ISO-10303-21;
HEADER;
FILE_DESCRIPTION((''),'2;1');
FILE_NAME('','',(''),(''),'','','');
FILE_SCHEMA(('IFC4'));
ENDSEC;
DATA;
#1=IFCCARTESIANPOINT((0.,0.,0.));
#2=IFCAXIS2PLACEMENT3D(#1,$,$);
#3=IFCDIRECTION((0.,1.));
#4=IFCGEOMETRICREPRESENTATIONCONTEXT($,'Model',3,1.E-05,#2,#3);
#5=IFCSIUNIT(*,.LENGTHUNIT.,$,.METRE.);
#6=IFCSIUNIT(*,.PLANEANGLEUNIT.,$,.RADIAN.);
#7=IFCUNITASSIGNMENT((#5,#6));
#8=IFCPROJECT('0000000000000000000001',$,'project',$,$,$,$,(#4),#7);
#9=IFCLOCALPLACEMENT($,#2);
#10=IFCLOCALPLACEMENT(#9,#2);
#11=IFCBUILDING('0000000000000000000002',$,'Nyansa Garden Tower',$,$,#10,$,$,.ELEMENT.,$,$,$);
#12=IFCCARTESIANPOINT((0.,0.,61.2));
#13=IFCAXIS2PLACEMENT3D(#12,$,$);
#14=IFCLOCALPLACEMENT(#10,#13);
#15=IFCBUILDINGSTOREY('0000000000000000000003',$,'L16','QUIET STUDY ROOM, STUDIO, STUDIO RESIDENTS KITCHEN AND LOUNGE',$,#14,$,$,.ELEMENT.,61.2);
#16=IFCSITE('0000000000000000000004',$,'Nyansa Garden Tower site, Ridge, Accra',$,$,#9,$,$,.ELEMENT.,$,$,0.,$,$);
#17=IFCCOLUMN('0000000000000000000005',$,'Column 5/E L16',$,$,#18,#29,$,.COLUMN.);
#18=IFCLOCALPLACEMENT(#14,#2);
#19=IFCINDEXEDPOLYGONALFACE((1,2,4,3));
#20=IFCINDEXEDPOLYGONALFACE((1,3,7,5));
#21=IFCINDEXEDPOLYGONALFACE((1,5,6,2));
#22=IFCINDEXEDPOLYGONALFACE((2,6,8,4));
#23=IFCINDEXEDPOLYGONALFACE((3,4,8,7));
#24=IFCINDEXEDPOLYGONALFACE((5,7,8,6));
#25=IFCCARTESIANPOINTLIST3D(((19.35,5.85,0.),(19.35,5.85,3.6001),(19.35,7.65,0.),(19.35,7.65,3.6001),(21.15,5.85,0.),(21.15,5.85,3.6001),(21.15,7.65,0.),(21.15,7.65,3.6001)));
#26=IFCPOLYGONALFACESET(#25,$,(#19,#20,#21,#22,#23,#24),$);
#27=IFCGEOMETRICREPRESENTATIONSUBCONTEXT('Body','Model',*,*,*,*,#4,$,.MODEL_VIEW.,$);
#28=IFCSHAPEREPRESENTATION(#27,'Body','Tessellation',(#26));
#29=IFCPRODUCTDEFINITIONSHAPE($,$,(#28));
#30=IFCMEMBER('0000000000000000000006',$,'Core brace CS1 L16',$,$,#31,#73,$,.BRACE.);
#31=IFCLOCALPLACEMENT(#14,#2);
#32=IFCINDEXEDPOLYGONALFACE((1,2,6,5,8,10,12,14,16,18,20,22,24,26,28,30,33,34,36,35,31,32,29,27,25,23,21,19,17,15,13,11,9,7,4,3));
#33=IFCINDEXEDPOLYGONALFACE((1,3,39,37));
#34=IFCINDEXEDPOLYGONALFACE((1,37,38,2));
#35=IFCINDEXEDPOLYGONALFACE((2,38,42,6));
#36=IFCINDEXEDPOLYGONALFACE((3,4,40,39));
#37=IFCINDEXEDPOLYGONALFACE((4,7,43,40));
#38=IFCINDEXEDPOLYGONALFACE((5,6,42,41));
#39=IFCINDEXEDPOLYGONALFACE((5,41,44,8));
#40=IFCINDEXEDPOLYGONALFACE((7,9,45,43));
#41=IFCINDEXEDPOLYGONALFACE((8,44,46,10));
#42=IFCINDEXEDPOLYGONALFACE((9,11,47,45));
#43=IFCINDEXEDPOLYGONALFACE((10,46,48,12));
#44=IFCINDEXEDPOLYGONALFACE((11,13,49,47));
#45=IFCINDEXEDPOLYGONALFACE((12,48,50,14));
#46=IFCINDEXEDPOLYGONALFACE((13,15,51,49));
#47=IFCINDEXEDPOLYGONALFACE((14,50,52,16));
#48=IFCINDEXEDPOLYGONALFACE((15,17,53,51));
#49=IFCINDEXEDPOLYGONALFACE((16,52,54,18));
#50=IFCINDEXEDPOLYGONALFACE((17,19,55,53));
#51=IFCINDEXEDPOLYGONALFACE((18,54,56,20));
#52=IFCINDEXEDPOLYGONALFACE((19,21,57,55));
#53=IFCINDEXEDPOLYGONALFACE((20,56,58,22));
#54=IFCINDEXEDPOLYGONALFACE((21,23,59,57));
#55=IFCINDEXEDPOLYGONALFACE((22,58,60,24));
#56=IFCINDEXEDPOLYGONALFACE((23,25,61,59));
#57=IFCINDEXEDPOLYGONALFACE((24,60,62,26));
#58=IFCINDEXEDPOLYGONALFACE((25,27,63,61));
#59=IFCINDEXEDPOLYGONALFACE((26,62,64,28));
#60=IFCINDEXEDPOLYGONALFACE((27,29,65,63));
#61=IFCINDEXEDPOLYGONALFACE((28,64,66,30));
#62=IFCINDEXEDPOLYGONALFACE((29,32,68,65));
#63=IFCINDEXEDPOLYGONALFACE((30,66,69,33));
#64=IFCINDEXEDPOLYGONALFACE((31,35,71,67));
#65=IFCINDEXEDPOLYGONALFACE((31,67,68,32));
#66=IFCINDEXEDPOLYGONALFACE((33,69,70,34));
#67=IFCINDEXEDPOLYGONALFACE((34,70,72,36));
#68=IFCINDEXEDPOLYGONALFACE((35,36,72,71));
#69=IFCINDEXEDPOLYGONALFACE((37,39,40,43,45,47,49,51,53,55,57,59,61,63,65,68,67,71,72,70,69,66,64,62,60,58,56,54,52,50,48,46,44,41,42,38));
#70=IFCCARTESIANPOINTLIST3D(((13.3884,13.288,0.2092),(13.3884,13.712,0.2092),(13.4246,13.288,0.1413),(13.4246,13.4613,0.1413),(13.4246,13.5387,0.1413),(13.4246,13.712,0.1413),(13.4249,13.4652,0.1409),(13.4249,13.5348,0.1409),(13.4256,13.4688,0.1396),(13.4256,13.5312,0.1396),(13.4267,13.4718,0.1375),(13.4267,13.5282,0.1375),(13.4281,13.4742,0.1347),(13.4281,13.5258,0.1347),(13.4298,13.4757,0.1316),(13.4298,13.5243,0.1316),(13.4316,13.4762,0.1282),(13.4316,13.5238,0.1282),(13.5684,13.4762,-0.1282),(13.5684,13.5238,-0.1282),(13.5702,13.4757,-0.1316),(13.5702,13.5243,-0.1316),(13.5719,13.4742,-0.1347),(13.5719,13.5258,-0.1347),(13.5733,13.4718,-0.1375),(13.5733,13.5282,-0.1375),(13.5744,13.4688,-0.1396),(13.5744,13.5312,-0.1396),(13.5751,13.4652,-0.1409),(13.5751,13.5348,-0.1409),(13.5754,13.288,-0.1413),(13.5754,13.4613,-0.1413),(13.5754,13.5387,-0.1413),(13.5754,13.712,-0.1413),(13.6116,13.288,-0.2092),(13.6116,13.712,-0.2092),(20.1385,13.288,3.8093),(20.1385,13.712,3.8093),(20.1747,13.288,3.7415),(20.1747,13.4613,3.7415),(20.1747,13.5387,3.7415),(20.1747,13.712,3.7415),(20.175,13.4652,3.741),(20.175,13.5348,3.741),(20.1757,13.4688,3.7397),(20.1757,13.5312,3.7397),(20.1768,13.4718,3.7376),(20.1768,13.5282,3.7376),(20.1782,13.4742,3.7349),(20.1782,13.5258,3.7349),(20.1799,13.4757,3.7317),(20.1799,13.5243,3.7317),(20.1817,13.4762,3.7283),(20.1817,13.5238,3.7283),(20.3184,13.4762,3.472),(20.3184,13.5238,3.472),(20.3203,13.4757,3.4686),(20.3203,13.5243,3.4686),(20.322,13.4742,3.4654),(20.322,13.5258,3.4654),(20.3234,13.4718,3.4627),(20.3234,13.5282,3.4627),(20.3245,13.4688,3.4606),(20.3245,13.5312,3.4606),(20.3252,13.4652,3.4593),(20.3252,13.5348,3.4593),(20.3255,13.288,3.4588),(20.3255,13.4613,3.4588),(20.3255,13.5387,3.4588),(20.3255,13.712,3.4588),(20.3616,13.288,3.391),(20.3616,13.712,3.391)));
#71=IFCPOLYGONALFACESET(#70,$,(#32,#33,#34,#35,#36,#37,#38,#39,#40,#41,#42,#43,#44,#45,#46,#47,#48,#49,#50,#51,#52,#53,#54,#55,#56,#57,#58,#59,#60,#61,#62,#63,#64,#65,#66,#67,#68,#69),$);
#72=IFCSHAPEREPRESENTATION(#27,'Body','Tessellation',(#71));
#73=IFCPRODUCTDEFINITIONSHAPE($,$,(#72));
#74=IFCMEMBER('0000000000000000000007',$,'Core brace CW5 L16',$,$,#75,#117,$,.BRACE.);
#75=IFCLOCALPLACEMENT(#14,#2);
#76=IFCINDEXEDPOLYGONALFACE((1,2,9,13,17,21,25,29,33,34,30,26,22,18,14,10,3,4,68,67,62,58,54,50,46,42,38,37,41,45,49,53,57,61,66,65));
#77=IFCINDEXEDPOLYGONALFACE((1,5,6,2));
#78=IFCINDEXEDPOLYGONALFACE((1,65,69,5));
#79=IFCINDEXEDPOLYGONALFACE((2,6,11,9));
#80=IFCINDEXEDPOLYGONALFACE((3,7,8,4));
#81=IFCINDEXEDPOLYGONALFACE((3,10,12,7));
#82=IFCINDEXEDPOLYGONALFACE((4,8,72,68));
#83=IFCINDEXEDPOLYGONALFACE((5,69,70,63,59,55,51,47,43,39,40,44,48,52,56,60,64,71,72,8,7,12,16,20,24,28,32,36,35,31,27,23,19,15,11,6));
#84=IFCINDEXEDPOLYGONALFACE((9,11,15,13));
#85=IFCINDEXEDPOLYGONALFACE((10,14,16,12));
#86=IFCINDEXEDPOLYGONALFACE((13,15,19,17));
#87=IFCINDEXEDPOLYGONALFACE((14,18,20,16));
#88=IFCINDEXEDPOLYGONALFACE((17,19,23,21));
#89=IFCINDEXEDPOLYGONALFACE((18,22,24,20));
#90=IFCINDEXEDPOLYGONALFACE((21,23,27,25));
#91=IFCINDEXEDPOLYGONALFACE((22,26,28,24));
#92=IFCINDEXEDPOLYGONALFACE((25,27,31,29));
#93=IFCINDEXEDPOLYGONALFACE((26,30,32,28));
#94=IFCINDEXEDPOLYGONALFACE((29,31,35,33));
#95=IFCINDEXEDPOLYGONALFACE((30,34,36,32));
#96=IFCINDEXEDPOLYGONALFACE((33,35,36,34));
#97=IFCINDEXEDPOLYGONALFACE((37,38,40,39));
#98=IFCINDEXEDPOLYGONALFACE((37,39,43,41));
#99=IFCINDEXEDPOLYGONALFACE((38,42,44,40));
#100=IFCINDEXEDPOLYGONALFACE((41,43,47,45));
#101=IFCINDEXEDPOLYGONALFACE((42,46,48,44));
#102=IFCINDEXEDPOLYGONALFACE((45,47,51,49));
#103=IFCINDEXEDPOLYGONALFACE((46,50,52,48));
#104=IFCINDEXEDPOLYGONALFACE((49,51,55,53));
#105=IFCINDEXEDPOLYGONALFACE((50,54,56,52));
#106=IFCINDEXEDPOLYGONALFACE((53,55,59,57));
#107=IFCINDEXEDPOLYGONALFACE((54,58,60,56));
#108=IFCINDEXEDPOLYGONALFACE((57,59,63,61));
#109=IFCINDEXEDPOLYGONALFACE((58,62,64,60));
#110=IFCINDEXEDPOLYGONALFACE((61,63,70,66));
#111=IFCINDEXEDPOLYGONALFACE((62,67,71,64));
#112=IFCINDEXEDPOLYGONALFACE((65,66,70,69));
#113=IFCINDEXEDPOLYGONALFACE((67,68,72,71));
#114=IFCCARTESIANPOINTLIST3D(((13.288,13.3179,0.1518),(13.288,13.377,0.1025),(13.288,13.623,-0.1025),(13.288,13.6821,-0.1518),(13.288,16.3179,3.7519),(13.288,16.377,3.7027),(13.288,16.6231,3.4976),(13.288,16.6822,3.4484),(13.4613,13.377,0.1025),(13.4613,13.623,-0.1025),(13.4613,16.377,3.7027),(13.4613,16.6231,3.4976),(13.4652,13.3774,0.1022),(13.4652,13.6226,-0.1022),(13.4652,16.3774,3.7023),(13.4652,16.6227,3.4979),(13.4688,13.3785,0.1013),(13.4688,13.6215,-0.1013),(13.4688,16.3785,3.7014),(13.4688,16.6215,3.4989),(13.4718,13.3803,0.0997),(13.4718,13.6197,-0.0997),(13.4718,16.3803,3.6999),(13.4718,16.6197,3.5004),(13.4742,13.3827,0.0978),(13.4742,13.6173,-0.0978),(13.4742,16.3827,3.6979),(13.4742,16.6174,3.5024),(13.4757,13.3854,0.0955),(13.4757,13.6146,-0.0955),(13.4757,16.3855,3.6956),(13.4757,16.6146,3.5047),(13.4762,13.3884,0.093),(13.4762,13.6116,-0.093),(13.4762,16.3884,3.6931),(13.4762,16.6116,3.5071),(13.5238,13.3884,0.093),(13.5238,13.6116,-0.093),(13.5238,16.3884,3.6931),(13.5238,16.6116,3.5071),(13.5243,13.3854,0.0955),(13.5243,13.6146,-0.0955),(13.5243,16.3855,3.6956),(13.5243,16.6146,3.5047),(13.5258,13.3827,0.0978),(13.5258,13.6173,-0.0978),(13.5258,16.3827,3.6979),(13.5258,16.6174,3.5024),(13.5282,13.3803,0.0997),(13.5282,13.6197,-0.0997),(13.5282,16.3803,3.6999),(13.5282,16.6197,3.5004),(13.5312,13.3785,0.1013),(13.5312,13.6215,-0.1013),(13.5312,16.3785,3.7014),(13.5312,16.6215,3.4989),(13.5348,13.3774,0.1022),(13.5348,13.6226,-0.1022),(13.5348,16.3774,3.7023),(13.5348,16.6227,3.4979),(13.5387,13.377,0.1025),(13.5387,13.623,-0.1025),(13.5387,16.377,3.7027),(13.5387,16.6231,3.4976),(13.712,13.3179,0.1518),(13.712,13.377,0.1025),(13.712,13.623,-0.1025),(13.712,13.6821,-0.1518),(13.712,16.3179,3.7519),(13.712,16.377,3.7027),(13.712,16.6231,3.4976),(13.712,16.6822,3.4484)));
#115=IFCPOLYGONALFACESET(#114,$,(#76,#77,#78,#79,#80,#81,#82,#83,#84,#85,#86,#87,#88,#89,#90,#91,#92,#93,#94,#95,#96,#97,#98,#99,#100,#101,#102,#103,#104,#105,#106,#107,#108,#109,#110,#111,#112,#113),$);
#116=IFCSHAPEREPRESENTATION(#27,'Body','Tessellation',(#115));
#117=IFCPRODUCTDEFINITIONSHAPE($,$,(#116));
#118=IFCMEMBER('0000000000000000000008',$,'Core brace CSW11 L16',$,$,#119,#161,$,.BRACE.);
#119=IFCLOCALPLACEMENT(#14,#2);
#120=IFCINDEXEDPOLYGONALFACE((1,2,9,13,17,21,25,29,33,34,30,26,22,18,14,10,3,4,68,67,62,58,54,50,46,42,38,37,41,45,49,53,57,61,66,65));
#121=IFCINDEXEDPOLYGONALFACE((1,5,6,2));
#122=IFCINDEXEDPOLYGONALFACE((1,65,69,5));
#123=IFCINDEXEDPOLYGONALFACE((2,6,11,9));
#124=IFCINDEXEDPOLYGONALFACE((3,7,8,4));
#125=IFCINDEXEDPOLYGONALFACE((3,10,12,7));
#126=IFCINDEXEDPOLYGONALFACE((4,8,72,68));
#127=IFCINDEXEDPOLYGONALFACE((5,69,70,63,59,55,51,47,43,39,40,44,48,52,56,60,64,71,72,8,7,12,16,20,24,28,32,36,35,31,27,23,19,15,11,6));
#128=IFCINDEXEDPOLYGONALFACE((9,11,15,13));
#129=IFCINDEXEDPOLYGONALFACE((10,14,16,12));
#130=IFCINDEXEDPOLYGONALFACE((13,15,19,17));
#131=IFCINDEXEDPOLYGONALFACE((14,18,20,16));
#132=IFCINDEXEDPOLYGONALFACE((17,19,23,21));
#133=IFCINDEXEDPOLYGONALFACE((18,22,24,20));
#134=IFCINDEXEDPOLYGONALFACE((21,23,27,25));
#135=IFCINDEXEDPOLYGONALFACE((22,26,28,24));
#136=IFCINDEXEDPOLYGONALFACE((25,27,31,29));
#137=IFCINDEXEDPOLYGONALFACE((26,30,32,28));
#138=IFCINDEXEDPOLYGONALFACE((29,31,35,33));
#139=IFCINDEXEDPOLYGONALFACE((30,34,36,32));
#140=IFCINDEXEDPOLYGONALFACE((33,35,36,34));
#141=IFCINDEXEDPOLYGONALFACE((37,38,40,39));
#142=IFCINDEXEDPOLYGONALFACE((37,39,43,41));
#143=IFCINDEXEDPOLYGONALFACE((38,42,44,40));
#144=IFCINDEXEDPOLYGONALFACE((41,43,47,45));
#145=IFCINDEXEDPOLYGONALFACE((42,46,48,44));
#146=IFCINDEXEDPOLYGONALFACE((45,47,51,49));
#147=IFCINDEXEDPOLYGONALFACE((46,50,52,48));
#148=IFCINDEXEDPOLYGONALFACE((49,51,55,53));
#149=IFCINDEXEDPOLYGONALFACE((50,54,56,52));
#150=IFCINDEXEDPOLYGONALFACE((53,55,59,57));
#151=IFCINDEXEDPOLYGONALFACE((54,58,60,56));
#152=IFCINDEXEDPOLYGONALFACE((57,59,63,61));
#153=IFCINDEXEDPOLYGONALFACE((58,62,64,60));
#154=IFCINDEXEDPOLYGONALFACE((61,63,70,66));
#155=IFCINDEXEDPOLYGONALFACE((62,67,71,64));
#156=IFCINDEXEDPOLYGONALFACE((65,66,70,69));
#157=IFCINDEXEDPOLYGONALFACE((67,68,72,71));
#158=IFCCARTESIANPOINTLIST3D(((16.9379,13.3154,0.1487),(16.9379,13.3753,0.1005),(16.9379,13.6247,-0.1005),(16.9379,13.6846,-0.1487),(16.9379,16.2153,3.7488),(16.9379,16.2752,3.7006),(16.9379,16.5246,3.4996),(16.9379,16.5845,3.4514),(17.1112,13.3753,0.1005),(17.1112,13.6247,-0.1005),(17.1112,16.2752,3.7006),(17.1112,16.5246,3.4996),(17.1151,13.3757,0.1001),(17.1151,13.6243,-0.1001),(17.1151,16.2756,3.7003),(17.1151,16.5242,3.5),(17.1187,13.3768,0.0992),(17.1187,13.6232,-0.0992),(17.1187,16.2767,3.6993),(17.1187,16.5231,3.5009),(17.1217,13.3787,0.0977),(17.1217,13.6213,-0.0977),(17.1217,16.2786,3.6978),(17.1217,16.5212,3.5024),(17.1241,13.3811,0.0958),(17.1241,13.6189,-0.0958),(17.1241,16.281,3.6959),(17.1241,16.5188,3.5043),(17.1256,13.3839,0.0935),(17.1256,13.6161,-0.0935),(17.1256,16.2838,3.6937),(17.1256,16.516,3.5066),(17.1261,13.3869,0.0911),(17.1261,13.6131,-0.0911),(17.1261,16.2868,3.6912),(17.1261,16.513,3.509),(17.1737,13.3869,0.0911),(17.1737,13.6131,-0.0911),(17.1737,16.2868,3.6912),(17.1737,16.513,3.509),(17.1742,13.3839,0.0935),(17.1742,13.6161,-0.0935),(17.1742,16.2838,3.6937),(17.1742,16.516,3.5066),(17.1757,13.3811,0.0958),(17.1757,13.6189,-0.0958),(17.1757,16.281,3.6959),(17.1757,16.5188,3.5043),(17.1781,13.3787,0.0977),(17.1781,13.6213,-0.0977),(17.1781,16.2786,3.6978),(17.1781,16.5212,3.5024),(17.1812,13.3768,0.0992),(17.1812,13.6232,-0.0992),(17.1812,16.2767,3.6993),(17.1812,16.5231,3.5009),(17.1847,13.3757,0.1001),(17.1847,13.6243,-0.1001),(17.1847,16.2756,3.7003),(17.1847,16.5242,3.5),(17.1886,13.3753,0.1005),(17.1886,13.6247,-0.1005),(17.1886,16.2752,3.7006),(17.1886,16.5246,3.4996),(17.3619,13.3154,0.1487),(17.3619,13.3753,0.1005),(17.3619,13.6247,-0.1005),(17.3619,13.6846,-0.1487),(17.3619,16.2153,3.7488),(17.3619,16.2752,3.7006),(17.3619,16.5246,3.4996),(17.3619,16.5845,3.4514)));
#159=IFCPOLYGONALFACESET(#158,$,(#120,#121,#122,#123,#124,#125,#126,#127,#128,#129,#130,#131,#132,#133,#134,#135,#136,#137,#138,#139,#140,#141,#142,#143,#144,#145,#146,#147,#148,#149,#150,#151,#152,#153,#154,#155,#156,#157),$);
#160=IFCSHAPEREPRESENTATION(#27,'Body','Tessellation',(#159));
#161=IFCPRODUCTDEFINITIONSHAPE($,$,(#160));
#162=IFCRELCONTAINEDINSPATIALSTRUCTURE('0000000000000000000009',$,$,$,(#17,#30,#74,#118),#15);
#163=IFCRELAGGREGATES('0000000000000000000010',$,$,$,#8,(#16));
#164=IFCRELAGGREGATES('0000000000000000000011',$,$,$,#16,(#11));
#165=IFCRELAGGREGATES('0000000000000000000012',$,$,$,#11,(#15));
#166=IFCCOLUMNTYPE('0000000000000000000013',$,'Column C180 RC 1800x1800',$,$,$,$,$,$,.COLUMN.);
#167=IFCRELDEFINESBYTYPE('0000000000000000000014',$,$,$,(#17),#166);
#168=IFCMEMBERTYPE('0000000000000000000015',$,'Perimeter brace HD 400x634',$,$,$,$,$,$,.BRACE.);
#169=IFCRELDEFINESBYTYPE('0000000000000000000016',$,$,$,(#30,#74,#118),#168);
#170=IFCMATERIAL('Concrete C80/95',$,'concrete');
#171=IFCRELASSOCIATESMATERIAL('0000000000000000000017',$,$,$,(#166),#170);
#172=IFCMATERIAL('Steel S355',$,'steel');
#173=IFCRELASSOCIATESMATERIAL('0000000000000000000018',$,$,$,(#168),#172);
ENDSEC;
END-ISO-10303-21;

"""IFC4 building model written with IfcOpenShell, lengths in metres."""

from ifc_helpers import new_model, si_unit, direction, frame, origin, origin_2d, place, context, subcontext, project, spatial, rectangle, i_section, extrude, material, material_profile, profile_set, type_object, element, save


model = new_model("IFC4")

# Units and contexts
model_context = context("Model", 3, precision=1e-05, world=origin(), true_north=direction((0.0, 1.0)))
body_context = subcontext(model_context, "Body", "Model", "MODEL_VIEW")
ifc_project = project(units=[si_unit("LENGTHUNIT", "METRE"), si_unit("PLANEANGLEUNIT", "RADIAN")], contexts=[model_context])

# Site, building, storey
site_placement = place(None, origin())
site = spatial("IfcSite", under=ifc_project, at=site_placement, Name="Nyansa Garden Tower site, Ridge, Accra", CompositionType="ELEMENT", RefElevation=0.0)
building_placement = place(site_placement, origin())
building = spatial("IfcBuilding", under=site, at=building_placement, Name="Nyansa Garden Tower", CompositionType="ELEMENT")
storey_placement = place(building_placement, frame((0.0, 0.0, 61.2)))
storey = spatial("IfcBuildingStorey", under=building, at=storey_placement, Name="L16", Description="QUIET STUDY ROOM, STUDIO, STUDIO RESIDENTS KITCHEN AND LOUNGE", CompositionType="ELEMENT", Elevation=61.2)

# Column
ifc_material_1 = material(Name="Concrete C80/95", Category="concrete")
ifc_material_profile_1 = material_profile(ifc_material_1, rectangle(XDim=1.8, YDim=1.8, at=origin_2d()), Name="RC 1800x1800")
ifc_profile_set_1 = profile_set([ifc_material_profile_1], Name="Concrete C80/95")
column_type = type_object("IfcColumnType", Name="Column C180 RC 1800x1800", PredefinedType="COLUMN", material=ifc_profile_set_1)
column_placement = place(storey_placement, frame((20.25, 6.75, 0.0), z_axis=(0.0, 0.0, 1.0), x_axis=(1.0, 0.0, 0.0)))
element("IfcColumn", 1, at=column_placement, inside=storey, type_object=column_type, Name="Column 5/E L16", PredefinedType="COLUMN", context=body_context, shape_type="SweptSolid", body=[
    extrude(rectangle(XDim=1.8, YDim=1.8, at=origin_2d()), origin(), (0.0, 0.0, 1.0), 3.6001),
])

# Members
ifc_material_2 = material(Name="Steel S355", Category="steel")
ifc_material_profile_2 = material_profile(ifc_material_2, i_section(OverallWidth=0.4241, OverallDepth=0.4741, WebThickness=0.0476, FlangeThickness=0.0769, FilletRadius=0.0149, at=origin_2d()), Name="HD 400x634")
ifc_profile_set_2 = profile_set([ifc_material_profile_2], Name="Steel S355")
member_type = type_object("IfcMemberType", Name="Perimeter brace HD 400x634", PredefinedType="BRACE", material=ifc_profile_set_2)
member_1_placement = place(storey_placement, frame((13.5, 13.5, 0.0), z_axis=(0.882348, 0.0, 0.470598), x_axis=(0.0, 1.0, 0.0)))
element("IfcMember", 2, at=member_1_placement, inside=storey, type_object=member_type, Name="Core brace CS1 L16", PredefinedType="BRACE", context=body_context, shape_type="SweptSolid", body=[
    extrude(i_section(OverallWidth=0.4241, OverallDepth=0.4741, WebThickness=0.0476, FlangeThickness=0.0769, FilletRadius=0.0149, at=origin_2d()), origin(), (0.0, 0.0, 1.0), 7.6501),
])
member_2_placement = place(storey_placement, frame((13.5, 13.5, 0.0), z_axis=(0.0, 0.640174, 0.76823), x_axis=(-1.0, 0.0, 0.0)))
element("IfcMember", 3, at=member_2_placement, inside=storey, type_object=member_type, Name="Core brace CW5 L16", PredefinedType="BRACE", context=body_context, shape_type="SweptSolid", body=[
    extrude(i_section(OverallWidth=0.4241, OverallDepth=0.4741, WebThickness=0.0476, FlangeThickness=0.0769, FilletRadius=0.0149, at=origin_2d()), origin(), (0.0, 0.0, 1.0), 4.6863),
])
for number, where, z_axis, x_axis, name in (
    (4, (17.1499, 13.5, 0.0), (0.0, 0.627306, 0.778773), (-1.0, 0.0, 0.0), "Core brace CSW11 L16"),
):
    element("IfcMember", number, at=place(storey_placement, frame(where, z_axis=z_axis, x_axis=x_axis)), inside=storey, type_object=member_type, Name=name, PredefinedType="BRACE", context=body_context, shape_type="SweptSolid", body=[
        extrude(i_section(OverallWidth=0.4241, OverallDepth=0.4741, WebThickness=0.0476, FlangeThickness=0.0769, FilletRadius=0.0149, at=origin_2d()), origin(), (0.0, 0.0, 1.0), 4.6228),
    ])

save(model, "model.ifc")
